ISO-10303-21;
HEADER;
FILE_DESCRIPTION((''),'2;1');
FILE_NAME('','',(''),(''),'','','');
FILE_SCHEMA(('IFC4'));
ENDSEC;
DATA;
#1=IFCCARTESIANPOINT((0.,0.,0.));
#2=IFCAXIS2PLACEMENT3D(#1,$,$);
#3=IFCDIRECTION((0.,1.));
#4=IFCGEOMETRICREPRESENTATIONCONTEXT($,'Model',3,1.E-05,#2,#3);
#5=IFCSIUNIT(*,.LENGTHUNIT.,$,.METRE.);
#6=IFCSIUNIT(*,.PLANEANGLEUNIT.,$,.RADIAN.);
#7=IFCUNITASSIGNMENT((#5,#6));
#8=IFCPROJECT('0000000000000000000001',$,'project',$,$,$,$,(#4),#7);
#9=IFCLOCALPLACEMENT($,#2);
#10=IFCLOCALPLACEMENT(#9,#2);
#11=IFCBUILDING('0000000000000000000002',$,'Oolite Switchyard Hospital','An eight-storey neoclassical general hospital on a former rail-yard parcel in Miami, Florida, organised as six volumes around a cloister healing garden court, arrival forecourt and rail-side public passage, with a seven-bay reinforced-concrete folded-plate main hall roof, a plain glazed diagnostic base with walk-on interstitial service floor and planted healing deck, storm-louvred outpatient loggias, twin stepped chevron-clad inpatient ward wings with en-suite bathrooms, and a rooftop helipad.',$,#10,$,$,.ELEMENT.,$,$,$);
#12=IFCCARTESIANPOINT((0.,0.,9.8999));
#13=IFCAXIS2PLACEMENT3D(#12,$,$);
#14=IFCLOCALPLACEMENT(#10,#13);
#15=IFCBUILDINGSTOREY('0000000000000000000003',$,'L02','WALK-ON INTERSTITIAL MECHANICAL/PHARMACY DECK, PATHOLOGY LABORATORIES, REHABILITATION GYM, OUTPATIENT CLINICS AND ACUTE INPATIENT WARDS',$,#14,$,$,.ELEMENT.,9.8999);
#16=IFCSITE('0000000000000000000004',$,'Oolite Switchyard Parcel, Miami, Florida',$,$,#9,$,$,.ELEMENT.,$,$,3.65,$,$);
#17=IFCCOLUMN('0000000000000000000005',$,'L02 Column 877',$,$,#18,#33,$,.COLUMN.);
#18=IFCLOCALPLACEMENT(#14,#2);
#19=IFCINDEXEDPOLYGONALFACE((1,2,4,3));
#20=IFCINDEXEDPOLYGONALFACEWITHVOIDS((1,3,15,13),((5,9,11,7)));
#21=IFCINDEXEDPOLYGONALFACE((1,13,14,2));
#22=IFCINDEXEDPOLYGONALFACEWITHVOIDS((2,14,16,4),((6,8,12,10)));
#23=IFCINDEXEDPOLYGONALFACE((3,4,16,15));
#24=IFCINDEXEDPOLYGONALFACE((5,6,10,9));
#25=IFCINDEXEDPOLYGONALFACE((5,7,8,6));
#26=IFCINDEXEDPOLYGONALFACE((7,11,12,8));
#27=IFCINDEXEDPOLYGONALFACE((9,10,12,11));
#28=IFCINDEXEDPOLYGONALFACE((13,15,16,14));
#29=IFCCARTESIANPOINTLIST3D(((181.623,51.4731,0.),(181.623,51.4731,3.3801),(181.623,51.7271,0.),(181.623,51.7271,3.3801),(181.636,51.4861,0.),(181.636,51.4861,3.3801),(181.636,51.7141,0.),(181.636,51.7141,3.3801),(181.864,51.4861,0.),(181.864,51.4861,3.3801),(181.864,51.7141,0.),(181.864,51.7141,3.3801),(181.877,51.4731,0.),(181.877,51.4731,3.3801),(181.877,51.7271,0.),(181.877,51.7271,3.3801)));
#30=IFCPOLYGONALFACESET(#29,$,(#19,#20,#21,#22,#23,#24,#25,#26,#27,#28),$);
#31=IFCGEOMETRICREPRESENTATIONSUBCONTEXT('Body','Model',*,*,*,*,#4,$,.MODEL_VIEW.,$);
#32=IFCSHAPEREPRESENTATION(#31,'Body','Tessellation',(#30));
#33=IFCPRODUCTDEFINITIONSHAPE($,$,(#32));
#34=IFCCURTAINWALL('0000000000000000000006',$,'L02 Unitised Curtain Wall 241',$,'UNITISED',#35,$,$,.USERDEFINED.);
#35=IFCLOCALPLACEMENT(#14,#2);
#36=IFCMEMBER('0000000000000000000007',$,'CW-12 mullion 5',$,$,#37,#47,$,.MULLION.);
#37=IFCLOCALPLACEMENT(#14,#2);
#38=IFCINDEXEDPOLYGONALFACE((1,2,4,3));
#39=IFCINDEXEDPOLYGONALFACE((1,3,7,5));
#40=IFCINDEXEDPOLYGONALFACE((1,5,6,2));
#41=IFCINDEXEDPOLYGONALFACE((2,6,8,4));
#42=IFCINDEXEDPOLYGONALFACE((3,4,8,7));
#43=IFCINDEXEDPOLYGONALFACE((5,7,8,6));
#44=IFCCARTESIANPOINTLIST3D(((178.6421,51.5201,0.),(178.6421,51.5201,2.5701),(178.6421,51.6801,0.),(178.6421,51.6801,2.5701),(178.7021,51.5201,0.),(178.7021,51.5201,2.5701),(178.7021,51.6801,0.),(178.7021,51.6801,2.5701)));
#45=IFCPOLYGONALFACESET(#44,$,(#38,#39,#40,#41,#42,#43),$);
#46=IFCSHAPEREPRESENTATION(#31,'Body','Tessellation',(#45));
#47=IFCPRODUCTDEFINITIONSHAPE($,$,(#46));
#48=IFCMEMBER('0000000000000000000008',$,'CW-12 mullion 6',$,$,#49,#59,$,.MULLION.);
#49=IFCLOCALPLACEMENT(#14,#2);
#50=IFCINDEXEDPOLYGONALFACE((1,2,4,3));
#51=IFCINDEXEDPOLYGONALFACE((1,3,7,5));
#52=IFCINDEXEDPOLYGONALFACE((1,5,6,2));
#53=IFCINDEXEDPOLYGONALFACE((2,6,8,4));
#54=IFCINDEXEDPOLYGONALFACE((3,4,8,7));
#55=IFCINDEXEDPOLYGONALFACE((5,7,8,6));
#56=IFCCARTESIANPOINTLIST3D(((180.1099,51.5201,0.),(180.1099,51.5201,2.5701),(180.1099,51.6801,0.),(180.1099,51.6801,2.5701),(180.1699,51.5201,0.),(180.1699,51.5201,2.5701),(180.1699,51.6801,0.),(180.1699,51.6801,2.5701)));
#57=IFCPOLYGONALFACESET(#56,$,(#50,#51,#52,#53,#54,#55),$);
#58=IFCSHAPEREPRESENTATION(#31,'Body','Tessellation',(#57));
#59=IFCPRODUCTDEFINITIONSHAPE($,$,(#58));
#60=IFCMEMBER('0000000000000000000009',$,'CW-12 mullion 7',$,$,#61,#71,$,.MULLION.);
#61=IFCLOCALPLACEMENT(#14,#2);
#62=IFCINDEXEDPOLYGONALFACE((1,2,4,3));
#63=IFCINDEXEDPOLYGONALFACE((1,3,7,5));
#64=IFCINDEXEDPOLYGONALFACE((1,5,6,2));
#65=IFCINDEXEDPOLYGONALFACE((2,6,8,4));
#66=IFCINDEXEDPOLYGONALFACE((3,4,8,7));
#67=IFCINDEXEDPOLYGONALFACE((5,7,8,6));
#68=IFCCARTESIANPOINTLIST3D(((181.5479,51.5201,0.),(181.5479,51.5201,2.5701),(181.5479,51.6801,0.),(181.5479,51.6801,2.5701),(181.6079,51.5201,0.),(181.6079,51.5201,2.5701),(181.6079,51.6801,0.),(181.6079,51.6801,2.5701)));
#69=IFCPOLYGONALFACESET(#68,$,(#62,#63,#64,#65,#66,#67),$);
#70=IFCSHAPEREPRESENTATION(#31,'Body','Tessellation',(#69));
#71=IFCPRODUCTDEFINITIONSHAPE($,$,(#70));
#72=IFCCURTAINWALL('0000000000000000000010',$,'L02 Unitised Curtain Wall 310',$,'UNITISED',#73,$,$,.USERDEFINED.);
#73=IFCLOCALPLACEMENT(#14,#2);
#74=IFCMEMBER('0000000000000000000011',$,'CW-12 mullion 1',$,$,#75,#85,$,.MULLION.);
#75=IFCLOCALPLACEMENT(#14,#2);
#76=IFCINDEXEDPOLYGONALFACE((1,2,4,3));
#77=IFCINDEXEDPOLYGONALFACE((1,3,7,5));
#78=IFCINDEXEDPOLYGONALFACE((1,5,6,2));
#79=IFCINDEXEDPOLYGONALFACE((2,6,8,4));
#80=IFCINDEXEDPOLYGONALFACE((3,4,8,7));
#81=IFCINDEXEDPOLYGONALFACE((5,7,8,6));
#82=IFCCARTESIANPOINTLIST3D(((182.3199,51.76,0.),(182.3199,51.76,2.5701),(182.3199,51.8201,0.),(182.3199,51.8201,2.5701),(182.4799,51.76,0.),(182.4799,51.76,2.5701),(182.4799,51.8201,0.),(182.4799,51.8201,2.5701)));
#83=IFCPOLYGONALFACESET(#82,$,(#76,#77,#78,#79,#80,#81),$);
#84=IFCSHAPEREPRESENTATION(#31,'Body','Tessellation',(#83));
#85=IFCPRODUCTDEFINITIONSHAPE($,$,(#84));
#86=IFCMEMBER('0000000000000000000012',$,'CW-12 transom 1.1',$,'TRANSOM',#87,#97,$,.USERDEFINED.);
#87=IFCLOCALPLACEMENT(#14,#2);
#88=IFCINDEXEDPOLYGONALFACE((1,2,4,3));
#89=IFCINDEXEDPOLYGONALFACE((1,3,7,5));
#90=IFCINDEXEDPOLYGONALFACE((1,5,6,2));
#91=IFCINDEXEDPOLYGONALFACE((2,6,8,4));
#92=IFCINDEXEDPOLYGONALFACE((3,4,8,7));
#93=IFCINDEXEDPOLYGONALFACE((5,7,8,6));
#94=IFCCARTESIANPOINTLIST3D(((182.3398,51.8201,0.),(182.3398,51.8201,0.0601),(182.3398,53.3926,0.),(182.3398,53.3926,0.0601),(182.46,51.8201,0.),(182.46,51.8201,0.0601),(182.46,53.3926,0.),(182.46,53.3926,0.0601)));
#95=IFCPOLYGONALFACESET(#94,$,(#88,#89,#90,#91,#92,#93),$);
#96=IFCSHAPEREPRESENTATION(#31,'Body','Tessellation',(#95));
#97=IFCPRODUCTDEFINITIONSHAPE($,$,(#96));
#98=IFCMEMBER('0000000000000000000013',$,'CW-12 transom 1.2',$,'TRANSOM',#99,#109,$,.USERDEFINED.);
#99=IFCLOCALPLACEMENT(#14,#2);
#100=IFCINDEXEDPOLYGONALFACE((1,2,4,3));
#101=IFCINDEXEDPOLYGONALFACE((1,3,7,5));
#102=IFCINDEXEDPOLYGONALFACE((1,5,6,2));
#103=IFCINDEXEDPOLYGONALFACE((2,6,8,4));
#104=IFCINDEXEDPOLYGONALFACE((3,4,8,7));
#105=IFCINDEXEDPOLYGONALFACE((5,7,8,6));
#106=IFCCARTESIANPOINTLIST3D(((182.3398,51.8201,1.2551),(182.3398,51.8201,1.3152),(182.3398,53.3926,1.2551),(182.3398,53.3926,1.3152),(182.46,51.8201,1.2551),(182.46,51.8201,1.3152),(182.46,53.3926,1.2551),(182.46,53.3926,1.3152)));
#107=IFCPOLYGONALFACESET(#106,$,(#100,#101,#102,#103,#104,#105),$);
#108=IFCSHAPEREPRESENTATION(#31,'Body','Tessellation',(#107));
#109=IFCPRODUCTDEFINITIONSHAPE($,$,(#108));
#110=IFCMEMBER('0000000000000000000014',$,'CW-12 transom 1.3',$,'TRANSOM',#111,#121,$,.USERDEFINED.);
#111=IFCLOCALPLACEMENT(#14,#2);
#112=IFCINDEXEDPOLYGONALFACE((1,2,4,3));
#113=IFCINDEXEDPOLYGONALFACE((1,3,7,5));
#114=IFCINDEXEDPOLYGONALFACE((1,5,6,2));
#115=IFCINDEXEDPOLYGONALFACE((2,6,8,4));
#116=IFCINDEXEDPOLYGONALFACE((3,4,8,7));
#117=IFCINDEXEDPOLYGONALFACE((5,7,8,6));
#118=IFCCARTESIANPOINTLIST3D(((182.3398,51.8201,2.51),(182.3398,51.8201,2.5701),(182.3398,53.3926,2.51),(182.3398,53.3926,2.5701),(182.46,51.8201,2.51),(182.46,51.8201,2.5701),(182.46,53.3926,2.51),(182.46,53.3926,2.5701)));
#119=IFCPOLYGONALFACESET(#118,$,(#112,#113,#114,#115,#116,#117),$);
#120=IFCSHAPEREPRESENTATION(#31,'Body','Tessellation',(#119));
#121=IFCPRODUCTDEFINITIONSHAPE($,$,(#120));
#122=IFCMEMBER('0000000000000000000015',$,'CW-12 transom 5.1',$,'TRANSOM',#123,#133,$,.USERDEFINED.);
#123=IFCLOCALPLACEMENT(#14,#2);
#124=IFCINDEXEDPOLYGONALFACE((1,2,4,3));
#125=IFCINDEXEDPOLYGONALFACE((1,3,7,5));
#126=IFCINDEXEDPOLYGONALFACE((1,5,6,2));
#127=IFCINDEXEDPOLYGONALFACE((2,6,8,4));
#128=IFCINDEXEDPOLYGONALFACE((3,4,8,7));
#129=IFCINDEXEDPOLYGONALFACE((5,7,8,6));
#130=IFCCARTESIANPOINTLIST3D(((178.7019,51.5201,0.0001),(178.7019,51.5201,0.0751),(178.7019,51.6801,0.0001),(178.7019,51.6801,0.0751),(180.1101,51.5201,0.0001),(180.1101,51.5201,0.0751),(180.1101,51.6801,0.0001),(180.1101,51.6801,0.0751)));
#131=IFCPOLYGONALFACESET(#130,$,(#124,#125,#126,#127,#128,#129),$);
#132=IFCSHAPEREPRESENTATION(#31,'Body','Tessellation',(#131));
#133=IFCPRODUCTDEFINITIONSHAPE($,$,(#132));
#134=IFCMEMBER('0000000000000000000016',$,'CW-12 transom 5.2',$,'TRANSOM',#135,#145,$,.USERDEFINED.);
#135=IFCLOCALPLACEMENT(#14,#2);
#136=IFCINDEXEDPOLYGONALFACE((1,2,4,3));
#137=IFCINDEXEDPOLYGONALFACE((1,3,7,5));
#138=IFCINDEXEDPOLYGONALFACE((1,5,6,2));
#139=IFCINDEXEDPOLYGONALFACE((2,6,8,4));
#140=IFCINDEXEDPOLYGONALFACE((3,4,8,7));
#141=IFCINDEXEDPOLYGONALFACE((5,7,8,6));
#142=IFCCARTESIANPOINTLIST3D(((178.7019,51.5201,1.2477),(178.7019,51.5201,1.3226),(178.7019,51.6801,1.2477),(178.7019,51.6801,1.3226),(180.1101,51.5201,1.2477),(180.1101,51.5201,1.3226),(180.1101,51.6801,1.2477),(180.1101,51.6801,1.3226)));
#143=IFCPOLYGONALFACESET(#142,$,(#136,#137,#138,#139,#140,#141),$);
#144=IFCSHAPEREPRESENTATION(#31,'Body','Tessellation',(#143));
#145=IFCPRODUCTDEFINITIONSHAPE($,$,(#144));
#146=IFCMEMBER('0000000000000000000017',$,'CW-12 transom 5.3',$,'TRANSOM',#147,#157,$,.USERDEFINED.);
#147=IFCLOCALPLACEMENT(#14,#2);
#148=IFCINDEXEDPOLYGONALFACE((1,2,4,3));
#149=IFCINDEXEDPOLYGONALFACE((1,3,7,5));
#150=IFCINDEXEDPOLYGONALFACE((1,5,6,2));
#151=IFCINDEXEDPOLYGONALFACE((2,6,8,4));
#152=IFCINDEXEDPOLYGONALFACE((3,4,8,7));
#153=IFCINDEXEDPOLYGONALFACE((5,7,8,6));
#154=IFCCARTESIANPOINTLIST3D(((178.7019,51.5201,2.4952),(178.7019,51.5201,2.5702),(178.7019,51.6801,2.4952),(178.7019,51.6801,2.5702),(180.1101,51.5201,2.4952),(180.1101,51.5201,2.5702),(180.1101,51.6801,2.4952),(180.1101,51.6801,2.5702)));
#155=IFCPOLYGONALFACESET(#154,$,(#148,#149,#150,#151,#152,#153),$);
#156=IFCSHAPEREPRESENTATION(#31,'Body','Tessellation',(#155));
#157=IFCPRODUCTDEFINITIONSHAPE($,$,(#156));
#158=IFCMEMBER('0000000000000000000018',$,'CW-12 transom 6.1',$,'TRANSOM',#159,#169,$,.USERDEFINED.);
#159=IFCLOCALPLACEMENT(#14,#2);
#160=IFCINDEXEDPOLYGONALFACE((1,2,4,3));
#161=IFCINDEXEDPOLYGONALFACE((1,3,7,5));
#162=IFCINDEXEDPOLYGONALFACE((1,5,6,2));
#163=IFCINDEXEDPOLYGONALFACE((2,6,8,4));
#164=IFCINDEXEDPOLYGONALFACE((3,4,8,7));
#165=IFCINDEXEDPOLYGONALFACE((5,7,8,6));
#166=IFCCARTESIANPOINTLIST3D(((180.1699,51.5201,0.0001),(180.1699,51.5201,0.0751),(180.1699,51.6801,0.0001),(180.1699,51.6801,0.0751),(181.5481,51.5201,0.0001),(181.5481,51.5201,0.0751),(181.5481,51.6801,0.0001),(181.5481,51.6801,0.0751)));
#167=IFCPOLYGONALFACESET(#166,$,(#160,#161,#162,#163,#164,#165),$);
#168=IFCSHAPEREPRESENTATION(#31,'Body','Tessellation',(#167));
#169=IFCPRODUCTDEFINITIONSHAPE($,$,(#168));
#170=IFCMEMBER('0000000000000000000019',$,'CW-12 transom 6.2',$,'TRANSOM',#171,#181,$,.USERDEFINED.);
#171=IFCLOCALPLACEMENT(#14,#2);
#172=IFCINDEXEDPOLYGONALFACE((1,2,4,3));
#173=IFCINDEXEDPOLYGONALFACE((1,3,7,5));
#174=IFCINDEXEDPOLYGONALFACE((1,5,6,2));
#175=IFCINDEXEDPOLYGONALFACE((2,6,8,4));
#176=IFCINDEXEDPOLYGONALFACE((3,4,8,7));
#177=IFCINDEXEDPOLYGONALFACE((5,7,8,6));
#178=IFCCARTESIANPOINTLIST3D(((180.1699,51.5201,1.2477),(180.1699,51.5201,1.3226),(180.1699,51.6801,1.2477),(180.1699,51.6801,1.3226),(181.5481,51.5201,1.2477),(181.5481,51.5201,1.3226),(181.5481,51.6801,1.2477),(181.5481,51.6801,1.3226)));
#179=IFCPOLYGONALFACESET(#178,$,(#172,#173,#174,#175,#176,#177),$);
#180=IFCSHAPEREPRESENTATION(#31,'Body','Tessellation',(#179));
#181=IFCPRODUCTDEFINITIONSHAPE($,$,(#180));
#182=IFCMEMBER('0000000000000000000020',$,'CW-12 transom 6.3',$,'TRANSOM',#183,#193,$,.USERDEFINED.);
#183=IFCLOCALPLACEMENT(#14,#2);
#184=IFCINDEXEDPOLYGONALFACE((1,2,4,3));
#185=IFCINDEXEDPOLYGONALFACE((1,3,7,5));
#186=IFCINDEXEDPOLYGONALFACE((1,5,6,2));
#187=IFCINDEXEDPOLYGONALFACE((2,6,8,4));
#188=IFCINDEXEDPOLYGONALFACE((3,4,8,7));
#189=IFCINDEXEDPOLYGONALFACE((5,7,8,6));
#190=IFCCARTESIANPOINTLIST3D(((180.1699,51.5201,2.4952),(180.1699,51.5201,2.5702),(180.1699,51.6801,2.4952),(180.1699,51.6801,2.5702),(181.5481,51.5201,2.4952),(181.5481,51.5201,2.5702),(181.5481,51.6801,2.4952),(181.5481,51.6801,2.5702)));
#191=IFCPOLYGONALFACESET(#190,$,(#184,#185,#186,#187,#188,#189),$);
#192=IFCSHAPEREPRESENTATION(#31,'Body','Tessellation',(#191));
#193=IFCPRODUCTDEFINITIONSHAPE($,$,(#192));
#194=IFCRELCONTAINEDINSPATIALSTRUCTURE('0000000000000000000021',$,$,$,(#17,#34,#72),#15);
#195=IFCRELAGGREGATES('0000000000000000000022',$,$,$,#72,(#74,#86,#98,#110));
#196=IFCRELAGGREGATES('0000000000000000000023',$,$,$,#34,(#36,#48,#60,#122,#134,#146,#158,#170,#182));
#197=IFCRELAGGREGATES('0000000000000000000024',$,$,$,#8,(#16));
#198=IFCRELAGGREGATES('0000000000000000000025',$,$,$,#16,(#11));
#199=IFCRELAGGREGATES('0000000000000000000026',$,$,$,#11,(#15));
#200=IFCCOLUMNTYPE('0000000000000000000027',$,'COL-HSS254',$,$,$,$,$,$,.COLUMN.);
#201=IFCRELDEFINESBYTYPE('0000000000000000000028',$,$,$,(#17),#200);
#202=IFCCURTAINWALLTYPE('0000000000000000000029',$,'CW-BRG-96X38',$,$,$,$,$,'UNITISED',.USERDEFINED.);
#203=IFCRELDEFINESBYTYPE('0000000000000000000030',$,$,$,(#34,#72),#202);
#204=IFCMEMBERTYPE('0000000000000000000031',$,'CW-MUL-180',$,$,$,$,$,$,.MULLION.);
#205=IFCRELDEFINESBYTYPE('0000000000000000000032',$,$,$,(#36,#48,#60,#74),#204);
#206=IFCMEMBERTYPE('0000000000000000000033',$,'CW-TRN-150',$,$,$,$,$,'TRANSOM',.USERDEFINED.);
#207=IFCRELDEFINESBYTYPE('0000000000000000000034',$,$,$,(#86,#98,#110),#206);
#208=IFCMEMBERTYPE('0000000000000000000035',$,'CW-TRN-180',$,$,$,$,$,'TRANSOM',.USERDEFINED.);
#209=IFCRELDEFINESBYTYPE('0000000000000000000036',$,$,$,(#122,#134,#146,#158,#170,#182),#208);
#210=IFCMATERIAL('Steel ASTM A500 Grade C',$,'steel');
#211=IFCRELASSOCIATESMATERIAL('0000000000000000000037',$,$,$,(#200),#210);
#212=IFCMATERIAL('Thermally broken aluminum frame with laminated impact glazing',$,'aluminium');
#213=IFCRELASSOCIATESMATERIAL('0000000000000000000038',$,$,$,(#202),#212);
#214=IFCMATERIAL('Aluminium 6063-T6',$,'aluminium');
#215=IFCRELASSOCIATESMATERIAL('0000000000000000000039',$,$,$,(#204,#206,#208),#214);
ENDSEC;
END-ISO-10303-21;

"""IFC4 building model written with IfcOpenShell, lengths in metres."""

from ifc_helpers import new_model, si_unit, direction, frame, origin, origin_2d, place, context, subcontext, project, spatial, rectangle, hollow_rectangle, extrude, material, material_profile, profile_set, type_object, element, aggregate, save


model = new_model("IFC4")

# Units and contexts
model_context = context("Model", 3, precision=1e-05, world=origin(), true_north=direction((0.0, 1.0)))
body_context = subcontext(model_context, "Body", "Model", "MODEL_VIEW")
ifc_project = project(units=[si_unit("LENGTHUNIT", "METRE"), si_unit("PLANEANGLEUNIT", "RADIAN")], contexts=[model_context])

# Site, building, storey
site_placement = place(None, origin())
site = spatial("IfcSite", under=ifc_project, at=site_placement, Name="Oolite Switchyard Parcel, Miami, Florida", CompositionType="ELEMENT", RefElevation=3.65)
building_placement = place(site_placement, origin())
building = spatial("IfcBuilding", under=site, at=building_placement, Name="Oolite Switchyard Hospital", Description="An eight-storey neoclassical general hospital on a former rail-yard parcel in Miami, Florida, organised as six volumes around a cloister healing garden court, arrival forecourt and rail-side public passage, with a seven-bay reinforced-concrete folded-plate main hall roof, a plain glazed diagnostic base with walk-on interstitial service floor and planted healing deck, storm-louvred outpatient loggias, twin stepped chevron-clad inpatient ward wings with en-suite bathrooms, and a rooftop helipad.", CompositionType="ELEMENT")
storey_placement = place(building_placement, frame((0.0, 0.0, 9.8999)))
storey = spatial("IfcBuildingStorey", under=building, at=storey_placement, Name="L02", Description="WALK-ON INTERSTITIAL MECHANICAL/PHARMACY DECK, PATHOLOGY LABORATORIES, REHABILITATION GYM, OUTPATIENT CLINICS AND ACUTE INPATIENT WARDS", CompositionType="ELEMENT", Elevation=9.8999)

# Column
ifc_material_1 = material(Name="Steel ASTM A500 Grade C", Category="steel")
ifc_material_profile_1 = material_profile(ifc_material_1, hollow_rectangle(XDim=0.2539, YDim=0.2539, WallThickness=0.0129, at=origin_2d()), Name="HSS254X254X13")
ifc_profile_set_1 = profile_set([ifc_material_profile_1], Name="Steel ASTM A500 Grade C")
column_type = type_object("IfcColumnType", Name="COL-HSS254", PredefinedType="COLUMN", material=ifc_profile_set_1)
column_placement = place(storey_placement, frame((181.75, 51.6001, 0.0), z_axis=(0.0, 0.0, 1.0), x_axis=(1.0, 0.0, 0.0)))
element("IfcColumn", 1, at=column_placement, inside=storey, type_object=column_type, Name="L02 Column 877", PredefinedType="COLUMN", context=body_context, shape_type="SweptSolid", body=[
    extrude(hollow_rectangle(XDim=0.2539, YDim=0.2539, WallThickness=0.0129, at=origin_2d()), origin(), (0.0, 0.0, 1.0), 3.3801),
])

# Curtain walls, members
ifc_material_2 = material(Name="Thermally broken aluminum frame with laminated impact glazing", Category="aluminium")
curtain_wall_type = type_object("IfcCurtainWallType", Name="CW-BRG-96X38", ElementType="UNITISED", PredefinedType="USERDEFINED", material=ifc_material_2)
curtain_wall_1_placement = place(storey_placement, origin())
curtain_wall_1 = element("IfcCurtainWall", 2, at=curtain_wall_1_placement, inside=storey, type_object=curtain_wall_type, Name="L02 Unitised Curtain Wall 241", ObjectType="UNITISED", PredefinedType="USERDEFINED")
ifc_material_3 = material(Name="Aluminium 6063-T6", Category="aluminium")
ifc_material_profile_2 = material_profile(ifc_material_3, rectangle(XDim=0.1599, YDim=0.0601, at=origin_2d()), Name="CWM60X160")
ifc_profile_set_2 = profile_set([ifc_material_profile_2], Name="Aluminium 6063-T6")
member_type_1 = type_object("IfcMemberType", Name="CW-MUL-180", PredefinedType="MULLION", material=ifc_profile_set_2)
member_1_placement = place(storey_placement, frame((178.6721, 51.6001, 0.0), z_axis=(0.0, 0.0, 1.0), x_axis=(0.0, 1.0, 0.0)))
member_1 = element("IfcMember", 3, at=member_1_placement, type_object=member_type_1, Name="CW-12 mullion 5", PredefinedType="MULLION", context=body_context, shape_type="SweptSolid", body=[
    extrude(rectangle(XDim=0.1599, YDim=0.0601, at=origin_2d()), origin(), (0.0, 0.0, 1.0), 2.5701),
])
member_2_placement = place(storey_placement, frame((180.1399, 51.6001, 0.0), z_axis=(0.0, 0.0, 1.0), x_axis=(0.0, 1.0, 0.0)))
member_2 = element("IfcMember", 4, at=member_2_placement, type_object=member_type_1, Name="CW-12 mullion 6", PredefinedType="MULLION", context=body_context, shape_type="SweptSolid", body=[
    extrude(rectangle(XDim=0.1599, YDim=0.0601, at=origin_2d()), origin(), (0.0, 0.0, 1.0), 2.5701),
])
member_3_placement = place(storey_placement, frame((181.5779, 51.6001, 0.0), z_axis=(0.0, 0.0, 1.0), x_axis=(0.0, 1.0, 0.0)))
member_3 = element("IfcMember", 5, at=member_3_placement, type_object=member_type_1, Name="CW-12 mullion 7", PredefinedType="MULLION", context=body_context, shape_type="SweptSolid", body=[
    extrude(rectangle(XDim=0.1599, YDim=0.0601, at=origin_2d()), origin(), (0.0, 0.0, 1.0), 2.5701),
])
curtain_wall_2_placement = place(storey_placement, origin())
curtain_wall_2 = element("IfcCurtainWall", 6, at=curtain_wall_2_placement, inside=storey, type_object=curtain_wall_type, Name="L02 Unitised Curtain Wall 310", ObjectType="UNITISED", PredefinedType="USERDEFINED")
member_4_placement = place(storey_placement, frame((182.3999, 51.79, 0.0), z_axis=(0.0, 0.0, 1.0), x_axis=(-1.0, 0.0, 0.0)))
member_4 = element("IfcMember", 7, at=member_4_placement, type_object=member_type_1, Name="CW-12 mullion 1", PredefinedType="MULLION", context=body_context, shape_type="SweptSolid", body=[
    extrude(rectangle(XDim=0.1599, YDim=0.0601, at=origin_2d()), origin(), (0.0, 0.0, 1.0), 2.5701),
])
ifc_material_profile_3 = material_profile(ifc_material_3, rectangle(XDim=0.1201, YDim=0.0601, at=origin_2d()), Name="CWT60X120")
ifc_profile_set_3 = profile_set([ifc_material_profile_3], Name="Aluminium 6063-T6")
member_type_2 = type_object("IfcMemberType", Name="CW-TRN-150", ElementType="TRANSOM", PredefinedType="USERDEFINED", material=ifc_profile_set_3)
member_5_placement = place(storey_placement, frame((182.3999, 51.8201, 0.03), z_axis=(0.0, 1.0, 0.0), x_axis=(-1.0, 0.0, 0.0)))
member_5 = element("IfcMember", 8, at=member_5_placement, type_object=member_type_2, Name="CW-12 transom 1.1", ObjectType="TRANSOM", PredefinedType="USERDEFINED", context=body_context, shape_type="SweptSolid", body=[
    extrude(rectangle(XDim=0.1201, YDim=0.0601, at=origin_2d()), origin(), (0.0, 0.0, 1.0), 1.5725),
])
member_6_placement = place(storey_placement, frame((182.3999, 51.8201, 1.2852), z_axis=(0.0, 1.0, 0.0), x_axis=(-1.0, 0.0, 0.0)))
member_6 = element("IfcMember", 9, at=member_6_placement, type_object=member_type_2, Name="CW-12 transom 1.2", ObjectType="TRANSOM", PredefinedType="USERDEFINED", context=body_context, shape_type="SweptSolid", body=[
    extrude(rectangle(XDim=0.1201, YDim=0.0601, at=origin_2d()), origin(), (0.0, 0.0, 1.0), 1.5725),
])
member_7_placement = place(storey_placement, frame((182.3999, 51.8201, 2.54), z_axis=(0.0, 1.0, 0.0), x_axis=(-1.0, 0.0, 0.0)))
member_7 = element("IfcMember", 10, at=member_7_placement, type_object=member_type_2, Name="CW-12 transom 1.3", ObjectType="TRANSOM", PredefinedType="USERDEFINED", context=body_context, shape_type="SweptSolid", body=[
    extrude(rectangle(XDim=0.1201, YDim=0.0601, at=origin_2d()), origin(), (0.0, 0.0, 1.0), 1.5725),
])

# Members
ifc_material_profile_4 = material_profile(ifc_material_3, rectangle(XDim=0.1599, YDim=0.075, at=origin_2d()), Name="CWT75X160")
ifc_profile_set_4 = profile_set([ifc_material_profile_4], Name="Aluminium 6063-T6")
member_type_3 = type_object("IfcMemberType", Name="CW-TRN-180", ElementType="TRANSOM", PredefinedType="USERDEFINED", material=ifc_profile_set_4)
member_8_placement = place(storey_placement, frame((178.7019, 51.6001, 0.0376), z_axis=(1.0, 0.0, 0.0), x_axis=(0.0, 1.0, 0.0)))
member_8 = element("IfcMember", 11, at=member_8_placement, type_object=member_type_3, Name="CW-12 transom 5.1", ObjectType="TRANSOM", PredefinedType="USERDEFINED", context=body_context, shape_type="SweptSolid", body=[
    extrude(rectangle(XDim=0.1599, YDim=0.075, at=origin_2d()), origin(), (0.0, 0.0, 1.0), 1.4082),
])
member_9_placement = place(storey_placement, frame((178.7019, 51.6001, 1.2852), z_axis=(1.0, 0.0, 0.0), x_axis=(0.0, 1.0, 0.0)))
member_9 = element("IfcMember", 12, at=member_9_placement, type_object=member_type_3, Name="CW-12 transom 5.2", ObjectType="TRANSOM", PredefinedType="USERDEFINED", context=body_context, shape_type="SweptSolid", body=[
    extrude(rectangle(XDim=0.1599, YDim=0.075, at=origin_2d()), origin(), (0.0, 0.0, 1.0), 1.4082),
])
member_10_placement = place(storey_placement, frame((178.7019, 51.6001, 2.5327), z_axis=(1.0, 0.0, 0.0), x_axis=(0.0, 1.0, 0.0)))
member_10 = element("IfcMember", 13, at=member_10_placement, type_object=member_type_3, Name="CW-12 transom 5.3", ObjectType="TRANSOM", PredefinedType="USERDEFINED", context=body_context, shape_type="SweptSolid", body=[
    extrude(rectangle(XDim=0.1599, YDim=0.075, at=origin_2d()), origin(), (0.0, 0.0, 1.0), 1.4082),
])
member_11_placement = place(storey_placement, frame((180.1699, 51.6001, 0.0376), z_axis=(1.0, 0.0, 0.0), x_axis=(0.0, 1.0, 0.0)))
member_11 = element("IfcMember", 14, at=member_11_placement, type_object=member_type_3, Name="CW-12 transom 6.1", ObjectType="TRANSOM", PredefinedType="USERDEFINED", context=body_context, shape_type="SweptSolid", body=[
    extrude(rectangle(XDim=0.1599, YDim=0.075, at=origin_2d()), origin(), (0.0, 0.0, 1.0), 1.3782),
])
member_12_placement = place(storey_placement, frame((180.1699, 51.6001, 1.2852), z_axis=(1.0, 0.0, 0.0), x_axis=(0.0, 1.0, 0.0)))
member_12 = element("IfcMember", 15, at=member_12_placement, type_object=member_type_3, Name="CW-12 transom 6.2", ObjectType="TRANSOM", PredefinedType="USERDEFINED", context=body_context, shape_type="SweptSolid", body=[
    extrude(rectangle(XDim=0.1599, YDim=0.075, at=origin_2d()), origin(), (0.0, 0.0, 1.0), 1.3782),
])
member_13_placement = place(storey_placement, frame((180.1699, 51.6001, 2.5327), z_axis=(1.0, 0.0, 0.0), x_axis=(0.0, 1.0, 0.0)))
member_13 = element("IfcMember", 16, at=member_13_placement, type_object=member_type_3, Name="CW-12 transom 6.3", ObjectType="TRANSOM", PredefinedType="USERDEFINED", context=body_context, shape_type="SweptSolid", body=[
    extrude(rectangle(XDim=0.1599, YDim=0.075, at=origin_2d()), origin(), (0.0, 0.0, 1.0), 1.3782),
])

aggregate(curtain_wall_2, [member_4, member_5, member_6, member_7])
aggregate(curtain_wall_1, [member_1, member_2, member_3, member_8, member_9, member_10, member_11, member_12, member_13])

save(model, "model.ifc")
